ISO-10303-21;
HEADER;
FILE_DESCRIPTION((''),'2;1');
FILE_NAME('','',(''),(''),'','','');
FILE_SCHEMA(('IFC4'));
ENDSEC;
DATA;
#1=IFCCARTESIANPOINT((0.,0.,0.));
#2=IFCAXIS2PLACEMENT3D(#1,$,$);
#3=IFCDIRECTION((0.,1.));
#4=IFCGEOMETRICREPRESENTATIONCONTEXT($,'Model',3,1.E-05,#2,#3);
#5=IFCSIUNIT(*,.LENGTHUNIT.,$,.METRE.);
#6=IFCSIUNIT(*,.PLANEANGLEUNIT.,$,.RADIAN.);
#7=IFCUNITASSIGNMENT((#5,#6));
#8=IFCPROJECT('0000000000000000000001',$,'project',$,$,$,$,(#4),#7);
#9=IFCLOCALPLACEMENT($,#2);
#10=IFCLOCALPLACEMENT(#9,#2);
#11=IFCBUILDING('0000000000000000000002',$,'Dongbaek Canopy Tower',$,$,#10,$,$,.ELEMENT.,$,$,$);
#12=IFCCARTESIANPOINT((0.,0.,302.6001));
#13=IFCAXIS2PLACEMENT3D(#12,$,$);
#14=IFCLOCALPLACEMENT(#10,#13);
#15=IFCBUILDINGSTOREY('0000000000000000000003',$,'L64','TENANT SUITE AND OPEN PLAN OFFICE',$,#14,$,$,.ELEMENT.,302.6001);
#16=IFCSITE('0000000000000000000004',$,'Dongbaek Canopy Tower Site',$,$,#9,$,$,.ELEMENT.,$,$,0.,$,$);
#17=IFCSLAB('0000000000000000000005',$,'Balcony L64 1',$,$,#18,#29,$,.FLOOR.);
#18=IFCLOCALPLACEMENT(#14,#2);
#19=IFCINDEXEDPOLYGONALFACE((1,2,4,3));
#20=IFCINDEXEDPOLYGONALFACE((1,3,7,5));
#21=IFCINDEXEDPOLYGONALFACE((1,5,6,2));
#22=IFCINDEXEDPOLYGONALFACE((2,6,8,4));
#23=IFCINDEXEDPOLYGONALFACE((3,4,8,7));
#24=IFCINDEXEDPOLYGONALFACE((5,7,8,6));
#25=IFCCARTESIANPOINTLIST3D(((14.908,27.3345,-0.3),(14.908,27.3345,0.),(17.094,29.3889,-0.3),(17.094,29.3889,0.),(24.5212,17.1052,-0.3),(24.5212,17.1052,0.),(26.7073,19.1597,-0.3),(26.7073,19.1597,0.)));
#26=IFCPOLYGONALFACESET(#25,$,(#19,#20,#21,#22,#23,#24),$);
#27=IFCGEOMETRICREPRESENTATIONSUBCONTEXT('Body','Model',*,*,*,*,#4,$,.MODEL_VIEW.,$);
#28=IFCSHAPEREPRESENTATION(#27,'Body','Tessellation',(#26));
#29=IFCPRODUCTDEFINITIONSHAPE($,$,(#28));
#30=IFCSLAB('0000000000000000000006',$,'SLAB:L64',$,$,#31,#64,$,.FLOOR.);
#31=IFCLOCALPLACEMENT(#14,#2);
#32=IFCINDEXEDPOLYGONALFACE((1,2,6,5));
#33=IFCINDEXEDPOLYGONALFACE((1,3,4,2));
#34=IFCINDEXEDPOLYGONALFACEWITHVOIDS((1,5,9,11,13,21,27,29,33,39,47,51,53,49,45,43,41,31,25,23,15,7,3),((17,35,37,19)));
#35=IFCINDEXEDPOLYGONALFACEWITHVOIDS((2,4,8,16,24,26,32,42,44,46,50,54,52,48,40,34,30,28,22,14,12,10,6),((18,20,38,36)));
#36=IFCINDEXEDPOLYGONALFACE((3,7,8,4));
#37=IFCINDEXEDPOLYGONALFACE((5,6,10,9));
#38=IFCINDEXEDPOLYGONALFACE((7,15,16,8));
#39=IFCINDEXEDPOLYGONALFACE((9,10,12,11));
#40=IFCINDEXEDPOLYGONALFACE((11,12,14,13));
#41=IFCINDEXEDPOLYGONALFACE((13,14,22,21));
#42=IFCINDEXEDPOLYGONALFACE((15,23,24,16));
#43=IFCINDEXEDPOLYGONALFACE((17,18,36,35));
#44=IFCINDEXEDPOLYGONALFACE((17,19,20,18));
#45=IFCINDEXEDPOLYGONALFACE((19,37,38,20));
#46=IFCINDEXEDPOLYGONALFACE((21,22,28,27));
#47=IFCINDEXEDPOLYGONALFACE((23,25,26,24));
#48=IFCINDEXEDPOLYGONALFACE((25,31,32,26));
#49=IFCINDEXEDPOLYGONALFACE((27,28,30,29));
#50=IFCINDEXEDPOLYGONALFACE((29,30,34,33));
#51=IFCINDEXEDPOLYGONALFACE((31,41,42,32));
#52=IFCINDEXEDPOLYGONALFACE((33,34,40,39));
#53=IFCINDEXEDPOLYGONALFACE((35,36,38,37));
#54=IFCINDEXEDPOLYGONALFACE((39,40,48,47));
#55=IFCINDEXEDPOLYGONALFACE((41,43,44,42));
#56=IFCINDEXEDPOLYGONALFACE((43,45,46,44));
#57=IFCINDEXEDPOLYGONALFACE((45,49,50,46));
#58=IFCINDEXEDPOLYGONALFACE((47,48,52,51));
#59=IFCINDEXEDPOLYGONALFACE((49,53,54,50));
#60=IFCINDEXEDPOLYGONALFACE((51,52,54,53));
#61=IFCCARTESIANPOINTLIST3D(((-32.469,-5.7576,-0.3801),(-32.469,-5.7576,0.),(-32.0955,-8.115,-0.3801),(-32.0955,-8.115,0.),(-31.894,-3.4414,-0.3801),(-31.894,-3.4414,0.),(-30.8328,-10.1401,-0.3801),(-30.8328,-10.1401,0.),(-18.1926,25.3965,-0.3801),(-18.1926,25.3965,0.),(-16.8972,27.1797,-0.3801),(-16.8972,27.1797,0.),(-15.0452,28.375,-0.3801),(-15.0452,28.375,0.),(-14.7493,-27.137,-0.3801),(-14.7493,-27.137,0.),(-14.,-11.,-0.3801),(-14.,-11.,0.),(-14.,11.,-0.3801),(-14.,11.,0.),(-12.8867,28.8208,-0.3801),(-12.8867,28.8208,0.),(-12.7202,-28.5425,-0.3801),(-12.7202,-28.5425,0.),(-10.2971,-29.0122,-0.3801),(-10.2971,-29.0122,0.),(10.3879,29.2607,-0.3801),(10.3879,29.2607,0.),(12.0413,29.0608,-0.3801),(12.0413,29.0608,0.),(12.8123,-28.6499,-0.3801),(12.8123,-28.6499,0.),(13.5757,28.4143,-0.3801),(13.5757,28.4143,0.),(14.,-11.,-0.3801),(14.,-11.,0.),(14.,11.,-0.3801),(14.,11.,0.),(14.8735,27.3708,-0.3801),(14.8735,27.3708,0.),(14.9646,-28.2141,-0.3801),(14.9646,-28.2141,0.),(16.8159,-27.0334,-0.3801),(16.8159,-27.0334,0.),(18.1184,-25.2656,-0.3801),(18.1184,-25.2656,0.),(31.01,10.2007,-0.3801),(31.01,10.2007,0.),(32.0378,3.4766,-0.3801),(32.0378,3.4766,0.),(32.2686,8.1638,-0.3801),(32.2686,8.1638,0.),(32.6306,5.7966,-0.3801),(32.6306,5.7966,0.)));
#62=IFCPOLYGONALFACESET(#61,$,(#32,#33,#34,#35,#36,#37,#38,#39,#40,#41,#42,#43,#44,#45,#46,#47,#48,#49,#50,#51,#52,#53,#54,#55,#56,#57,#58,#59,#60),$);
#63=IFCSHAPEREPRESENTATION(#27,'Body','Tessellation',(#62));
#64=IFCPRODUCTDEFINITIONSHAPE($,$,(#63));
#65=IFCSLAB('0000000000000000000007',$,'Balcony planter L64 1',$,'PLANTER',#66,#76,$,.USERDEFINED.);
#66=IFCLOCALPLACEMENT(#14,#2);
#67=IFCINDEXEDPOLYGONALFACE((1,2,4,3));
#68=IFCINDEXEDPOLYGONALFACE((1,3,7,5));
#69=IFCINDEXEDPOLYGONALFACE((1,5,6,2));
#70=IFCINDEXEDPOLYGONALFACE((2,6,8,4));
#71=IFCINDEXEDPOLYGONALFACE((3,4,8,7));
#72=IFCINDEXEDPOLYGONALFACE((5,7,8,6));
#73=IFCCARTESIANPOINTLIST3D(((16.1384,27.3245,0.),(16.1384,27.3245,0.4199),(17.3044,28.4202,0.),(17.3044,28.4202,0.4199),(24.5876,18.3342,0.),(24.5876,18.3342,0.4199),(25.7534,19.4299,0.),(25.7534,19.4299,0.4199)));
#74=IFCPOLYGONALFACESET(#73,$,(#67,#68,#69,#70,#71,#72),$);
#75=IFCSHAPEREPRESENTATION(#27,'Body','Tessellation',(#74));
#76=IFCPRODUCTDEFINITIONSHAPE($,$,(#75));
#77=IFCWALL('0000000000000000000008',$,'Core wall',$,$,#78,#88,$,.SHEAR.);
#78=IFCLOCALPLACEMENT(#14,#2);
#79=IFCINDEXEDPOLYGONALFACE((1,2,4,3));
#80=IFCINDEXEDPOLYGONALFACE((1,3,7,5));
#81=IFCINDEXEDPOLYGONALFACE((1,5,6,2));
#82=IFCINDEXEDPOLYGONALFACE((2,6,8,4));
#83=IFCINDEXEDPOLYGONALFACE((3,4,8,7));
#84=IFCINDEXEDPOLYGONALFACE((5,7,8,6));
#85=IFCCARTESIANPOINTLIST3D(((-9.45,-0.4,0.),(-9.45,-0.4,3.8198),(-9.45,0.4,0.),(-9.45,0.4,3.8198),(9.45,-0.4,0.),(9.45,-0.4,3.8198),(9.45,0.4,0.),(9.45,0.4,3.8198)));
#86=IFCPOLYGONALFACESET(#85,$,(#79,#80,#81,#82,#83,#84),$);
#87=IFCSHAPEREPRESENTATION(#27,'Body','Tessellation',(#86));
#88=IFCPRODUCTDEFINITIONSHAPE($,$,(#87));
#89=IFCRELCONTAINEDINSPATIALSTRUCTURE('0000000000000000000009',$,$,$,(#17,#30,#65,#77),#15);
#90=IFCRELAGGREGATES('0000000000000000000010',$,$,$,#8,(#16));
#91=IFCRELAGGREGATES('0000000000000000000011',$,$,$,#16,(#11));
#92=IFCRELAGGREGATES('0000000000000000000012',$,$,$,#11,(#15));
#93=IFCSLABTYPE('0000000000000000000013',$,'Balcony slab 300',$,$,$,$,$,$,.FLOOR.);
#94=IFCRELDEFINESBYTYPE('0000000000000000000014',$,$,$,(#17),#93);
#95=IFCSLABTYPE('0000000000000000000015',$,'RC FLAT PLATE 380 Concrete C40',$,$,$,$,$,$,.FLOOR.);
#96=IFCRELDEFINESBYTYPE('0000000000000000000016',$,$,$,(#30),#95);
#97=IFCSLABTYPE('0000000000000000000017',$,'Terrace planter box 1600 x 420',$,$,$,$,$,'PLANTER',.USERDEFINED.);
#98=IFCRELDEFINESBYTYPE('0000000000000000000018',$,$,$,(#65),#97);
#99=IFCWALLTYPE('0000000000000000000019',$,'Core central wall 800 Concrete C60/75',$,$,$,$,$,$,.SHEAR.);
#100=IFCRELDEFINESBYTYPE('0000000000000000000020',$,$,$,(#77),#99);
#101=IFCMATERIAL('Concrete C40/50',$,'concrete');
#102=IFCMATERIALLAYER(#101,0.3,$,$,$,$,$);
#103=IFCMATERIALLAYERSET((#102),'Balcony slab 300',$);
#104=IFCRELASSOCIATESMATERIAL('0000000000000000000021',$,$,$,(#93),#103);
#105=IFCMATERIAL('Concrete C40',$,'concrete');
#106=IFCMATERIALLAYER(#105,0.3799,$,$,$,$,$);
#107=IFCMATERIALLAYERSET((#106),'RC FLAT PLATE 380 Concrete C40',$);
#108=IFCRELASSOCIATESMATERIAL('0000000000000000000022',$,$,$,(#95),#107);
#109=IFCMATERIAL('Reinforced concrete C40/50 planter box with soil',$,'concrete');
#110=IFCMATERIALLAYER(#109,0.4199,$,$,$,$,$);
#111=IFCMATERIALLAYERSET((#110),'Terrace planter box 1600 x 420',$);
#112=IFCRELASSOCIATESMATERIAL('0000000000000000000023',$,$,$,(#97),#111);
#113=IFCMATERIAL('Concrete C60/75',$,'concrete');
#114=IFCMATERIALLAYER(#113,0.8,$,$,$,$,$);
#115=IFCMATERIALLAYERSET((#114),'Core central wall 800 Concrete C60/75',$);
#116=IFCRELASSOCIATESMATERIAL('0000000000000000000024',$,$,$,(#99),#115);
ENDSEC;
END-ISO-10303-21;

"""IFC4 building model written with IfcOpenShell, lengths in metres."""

from ifc_helpers import new_model, si_unit, direction, frame, frame_2d, origin, place, context, subcontext, project, spatial, polyline, rectangle, outline, extrude, material, layer, layer_set, type_object, element, save


model = new_model("IFC4")

# Units and contexts
model_context = context("Model", 3, precision=1e-05, world=origin(), true_north=direction((0.0, 1.0)))
body_context = subcontext(model_context, "Body", "Model", "MODEL_VIEW")
ifc_project = project(units=[si_unit("LENGTHUNIT", "METRE"), si_unit("PLANEANGLEUNIT", "RADIAN")], contexts=[model_context])

# Site, building, storey
site_placement = place(None, origin())
site = spatial("IfcSite", under=ifc_project, at=site_placement, Name="Dongbaek Canopy Tower Site", CompositionType="ELEMENT", RefElevation=0.0)
building_placement = place(site_placement, origin())
building = spatial("IfcBuilding", under=site, at=building_placement, Name="Dongbaek Canopy Tower", CompositionType="ELEMENT")
storey_placement = place(building_placement, frame((0.0, 0.0, 302.6001)))
storey = spatial("IfcBuildingStorey", under=building, at=storey_placement, Name="L64", Description="TENANT SUITE AND OPEN PLAN OFFICE", CompositionType="ELEMENT", Elevation=302.6001)

# Slabs
ifc_material_1 = material(Name="Concrete C40/50", Category="concrete")
ifc_layer_1 = layer(ifc_material_1, 0.3)
ifc_layer_set_1 = layer_set([ifc_layer_1], Name="Balcony slab 300")
slab_type_1 = type_object("IfcSlabType", Name="Balcony slab 300", PredefinedType="FLOOR", material=ifc_layer_set_1)
slab_1_placement = place(storey_placement, frame((0.0, 0.0, -0.3)))
element("IfcSlab", 1, at=slab_1_placement, inside=storey, type_object=slab_type_1, Name="Balcony L64 1", PredefinedType="FLOOR", context=body_context, shape_type="SweptSolid", body=[
    extrude(outline(polyline([(24.5212, 17.1052), (14.908, 27.3345), (17.094, 29.3889), (26.7073, 19.1597), (24.5212, 17.1052)])), origin(), (0.0, 0.0, 1.0), 0.3),
])
ifc_material_2 = material(Name="Concrete C40", Category="concrete")
ifc_layer_2 = layer(ifc_material_2, 0.3799)
ifc_layer_set_2 = layer_set([ifc_layer_2], Name="RC FLAT PLATE 380 Concrete C40")
slab_type_2 = type_object("IfcSlabType", Name="RC FLAT PLATE 380 Concrete C40", PredefinedType="FLOOR", material=ifc_layer_set_2)
slab_2_placement = place(storey_placement, frame((0.0, 0.0, -0.3801)))
element("IfcSlab", 2, at=slab_2_placement, inside=storey, type_object=slab_type_2, Name="SLAB:L64", PredefinedType="FLOOR", context=body_context, shape_type="SweptSolid", body=[
    extrude(outline(polyline([(18.1184, -25.2656), (16.8159, -27.0334), (14.9646, -28.2141), (12.8123, -28.6499), (-10.2971, -29.0122), (-12.7202, -28.5425), (-14.7493, -27.137), (-30.8328, -10.1401), (-32.0955, -8.115), (-32.469, -5.7576), (-31.894, -3.4414), (-18.1926, 25.3965), (-16.8972, 27.1797), (-15.0452, 28.375), (-12.8867, 28.8208), (10.3879, 29.2607), (12.0413, 29.0608), (13.5757, 28.4143), (14.8735, 27.3708), (31.01, 10.2007), (32.2686, 8.1638), (32.6306, 5.7966), (32.0378, 3.4766), (18.1184, -25.2656)]), holes=[polyline([(14.0, 11.0), (-14.0, 11.0), (-14.0, -11.0), (14.0, -11.0), (14.0, 11.0)])]), origin(), (0.0, 0.0, 1.0), 0.3801),
])
ifc_material_3 = material(Name="Reinforced concrete C40/50 planter box with soil", Category="concrete")
ifc_layer_3 = layer(ifc_material_3, 0.4199)
ifc_layer_set_3 = layer_set([ifc_layer_3], Name="Terrace planter box 1600 x 420")
slab_type_3 = type_object("IfcSlabType", Name="Terrace planter box 1600 x 420", ElementType="PLANTER", PredefinedType="USERDEFINED", material=ifc_layer_set_3)
slab_3_placement = place(storey_placement, origin())
element("IfcSlab", 3, at=slab_3_placement, inside=storey, type_object=slab_type_3, Name="Balcony planter L64 1", ObjectType="PLANTER", PredefinedType="USERDEFINED", context=body_context, shape_type="SweptSolid", body=[
    extrude(outline(polyline([(24.5876, 18.3342), (16.1384, 27.3245), (17.3044, 28.4202), (25.7534, 19.4299), (24.5876, 18.3342)])), origin(), (0.0, 0.0, 1.0), 0.4199),
])

# Wall
ifc_material_4 = material(Name="Concrete C60/75", Category="concrete")
ifc_layer_4 = layer(ifc_material_4, 0.8)
ifc_layer_set_4 = layer_set([ifc_layer_4], Name="Core central wall 800 Concrete C60/75")
wall_type_1 = type_object("IfcWallType", Name="Core central wall 800 Concrete C60/75", PredefinedType="SHEAR", material=ifc_layer_set_4)
wall_1_placement = place(storey_placement, frame((-9.45, 0.0, 0.0), z_axis=(0.0, 0.0, 1.0), x_axis=(1.0, 0.0, 0.0)))
element("IfcWall", 4, at=wall_1_placement, inside=storey, type_object=wall_type_1, Name="Core wall", PredefinedType="SHEAR", context=body_context, shape_type="SweptSolid", body=[
    extrude(rectangle(XDim=18.8999, YDim=0.8, at=frame_2d((9.45, 0.0))), origin(), (0.0, 0.0, 1.0), 3.8198),
])

save(model, "model.ifc")
